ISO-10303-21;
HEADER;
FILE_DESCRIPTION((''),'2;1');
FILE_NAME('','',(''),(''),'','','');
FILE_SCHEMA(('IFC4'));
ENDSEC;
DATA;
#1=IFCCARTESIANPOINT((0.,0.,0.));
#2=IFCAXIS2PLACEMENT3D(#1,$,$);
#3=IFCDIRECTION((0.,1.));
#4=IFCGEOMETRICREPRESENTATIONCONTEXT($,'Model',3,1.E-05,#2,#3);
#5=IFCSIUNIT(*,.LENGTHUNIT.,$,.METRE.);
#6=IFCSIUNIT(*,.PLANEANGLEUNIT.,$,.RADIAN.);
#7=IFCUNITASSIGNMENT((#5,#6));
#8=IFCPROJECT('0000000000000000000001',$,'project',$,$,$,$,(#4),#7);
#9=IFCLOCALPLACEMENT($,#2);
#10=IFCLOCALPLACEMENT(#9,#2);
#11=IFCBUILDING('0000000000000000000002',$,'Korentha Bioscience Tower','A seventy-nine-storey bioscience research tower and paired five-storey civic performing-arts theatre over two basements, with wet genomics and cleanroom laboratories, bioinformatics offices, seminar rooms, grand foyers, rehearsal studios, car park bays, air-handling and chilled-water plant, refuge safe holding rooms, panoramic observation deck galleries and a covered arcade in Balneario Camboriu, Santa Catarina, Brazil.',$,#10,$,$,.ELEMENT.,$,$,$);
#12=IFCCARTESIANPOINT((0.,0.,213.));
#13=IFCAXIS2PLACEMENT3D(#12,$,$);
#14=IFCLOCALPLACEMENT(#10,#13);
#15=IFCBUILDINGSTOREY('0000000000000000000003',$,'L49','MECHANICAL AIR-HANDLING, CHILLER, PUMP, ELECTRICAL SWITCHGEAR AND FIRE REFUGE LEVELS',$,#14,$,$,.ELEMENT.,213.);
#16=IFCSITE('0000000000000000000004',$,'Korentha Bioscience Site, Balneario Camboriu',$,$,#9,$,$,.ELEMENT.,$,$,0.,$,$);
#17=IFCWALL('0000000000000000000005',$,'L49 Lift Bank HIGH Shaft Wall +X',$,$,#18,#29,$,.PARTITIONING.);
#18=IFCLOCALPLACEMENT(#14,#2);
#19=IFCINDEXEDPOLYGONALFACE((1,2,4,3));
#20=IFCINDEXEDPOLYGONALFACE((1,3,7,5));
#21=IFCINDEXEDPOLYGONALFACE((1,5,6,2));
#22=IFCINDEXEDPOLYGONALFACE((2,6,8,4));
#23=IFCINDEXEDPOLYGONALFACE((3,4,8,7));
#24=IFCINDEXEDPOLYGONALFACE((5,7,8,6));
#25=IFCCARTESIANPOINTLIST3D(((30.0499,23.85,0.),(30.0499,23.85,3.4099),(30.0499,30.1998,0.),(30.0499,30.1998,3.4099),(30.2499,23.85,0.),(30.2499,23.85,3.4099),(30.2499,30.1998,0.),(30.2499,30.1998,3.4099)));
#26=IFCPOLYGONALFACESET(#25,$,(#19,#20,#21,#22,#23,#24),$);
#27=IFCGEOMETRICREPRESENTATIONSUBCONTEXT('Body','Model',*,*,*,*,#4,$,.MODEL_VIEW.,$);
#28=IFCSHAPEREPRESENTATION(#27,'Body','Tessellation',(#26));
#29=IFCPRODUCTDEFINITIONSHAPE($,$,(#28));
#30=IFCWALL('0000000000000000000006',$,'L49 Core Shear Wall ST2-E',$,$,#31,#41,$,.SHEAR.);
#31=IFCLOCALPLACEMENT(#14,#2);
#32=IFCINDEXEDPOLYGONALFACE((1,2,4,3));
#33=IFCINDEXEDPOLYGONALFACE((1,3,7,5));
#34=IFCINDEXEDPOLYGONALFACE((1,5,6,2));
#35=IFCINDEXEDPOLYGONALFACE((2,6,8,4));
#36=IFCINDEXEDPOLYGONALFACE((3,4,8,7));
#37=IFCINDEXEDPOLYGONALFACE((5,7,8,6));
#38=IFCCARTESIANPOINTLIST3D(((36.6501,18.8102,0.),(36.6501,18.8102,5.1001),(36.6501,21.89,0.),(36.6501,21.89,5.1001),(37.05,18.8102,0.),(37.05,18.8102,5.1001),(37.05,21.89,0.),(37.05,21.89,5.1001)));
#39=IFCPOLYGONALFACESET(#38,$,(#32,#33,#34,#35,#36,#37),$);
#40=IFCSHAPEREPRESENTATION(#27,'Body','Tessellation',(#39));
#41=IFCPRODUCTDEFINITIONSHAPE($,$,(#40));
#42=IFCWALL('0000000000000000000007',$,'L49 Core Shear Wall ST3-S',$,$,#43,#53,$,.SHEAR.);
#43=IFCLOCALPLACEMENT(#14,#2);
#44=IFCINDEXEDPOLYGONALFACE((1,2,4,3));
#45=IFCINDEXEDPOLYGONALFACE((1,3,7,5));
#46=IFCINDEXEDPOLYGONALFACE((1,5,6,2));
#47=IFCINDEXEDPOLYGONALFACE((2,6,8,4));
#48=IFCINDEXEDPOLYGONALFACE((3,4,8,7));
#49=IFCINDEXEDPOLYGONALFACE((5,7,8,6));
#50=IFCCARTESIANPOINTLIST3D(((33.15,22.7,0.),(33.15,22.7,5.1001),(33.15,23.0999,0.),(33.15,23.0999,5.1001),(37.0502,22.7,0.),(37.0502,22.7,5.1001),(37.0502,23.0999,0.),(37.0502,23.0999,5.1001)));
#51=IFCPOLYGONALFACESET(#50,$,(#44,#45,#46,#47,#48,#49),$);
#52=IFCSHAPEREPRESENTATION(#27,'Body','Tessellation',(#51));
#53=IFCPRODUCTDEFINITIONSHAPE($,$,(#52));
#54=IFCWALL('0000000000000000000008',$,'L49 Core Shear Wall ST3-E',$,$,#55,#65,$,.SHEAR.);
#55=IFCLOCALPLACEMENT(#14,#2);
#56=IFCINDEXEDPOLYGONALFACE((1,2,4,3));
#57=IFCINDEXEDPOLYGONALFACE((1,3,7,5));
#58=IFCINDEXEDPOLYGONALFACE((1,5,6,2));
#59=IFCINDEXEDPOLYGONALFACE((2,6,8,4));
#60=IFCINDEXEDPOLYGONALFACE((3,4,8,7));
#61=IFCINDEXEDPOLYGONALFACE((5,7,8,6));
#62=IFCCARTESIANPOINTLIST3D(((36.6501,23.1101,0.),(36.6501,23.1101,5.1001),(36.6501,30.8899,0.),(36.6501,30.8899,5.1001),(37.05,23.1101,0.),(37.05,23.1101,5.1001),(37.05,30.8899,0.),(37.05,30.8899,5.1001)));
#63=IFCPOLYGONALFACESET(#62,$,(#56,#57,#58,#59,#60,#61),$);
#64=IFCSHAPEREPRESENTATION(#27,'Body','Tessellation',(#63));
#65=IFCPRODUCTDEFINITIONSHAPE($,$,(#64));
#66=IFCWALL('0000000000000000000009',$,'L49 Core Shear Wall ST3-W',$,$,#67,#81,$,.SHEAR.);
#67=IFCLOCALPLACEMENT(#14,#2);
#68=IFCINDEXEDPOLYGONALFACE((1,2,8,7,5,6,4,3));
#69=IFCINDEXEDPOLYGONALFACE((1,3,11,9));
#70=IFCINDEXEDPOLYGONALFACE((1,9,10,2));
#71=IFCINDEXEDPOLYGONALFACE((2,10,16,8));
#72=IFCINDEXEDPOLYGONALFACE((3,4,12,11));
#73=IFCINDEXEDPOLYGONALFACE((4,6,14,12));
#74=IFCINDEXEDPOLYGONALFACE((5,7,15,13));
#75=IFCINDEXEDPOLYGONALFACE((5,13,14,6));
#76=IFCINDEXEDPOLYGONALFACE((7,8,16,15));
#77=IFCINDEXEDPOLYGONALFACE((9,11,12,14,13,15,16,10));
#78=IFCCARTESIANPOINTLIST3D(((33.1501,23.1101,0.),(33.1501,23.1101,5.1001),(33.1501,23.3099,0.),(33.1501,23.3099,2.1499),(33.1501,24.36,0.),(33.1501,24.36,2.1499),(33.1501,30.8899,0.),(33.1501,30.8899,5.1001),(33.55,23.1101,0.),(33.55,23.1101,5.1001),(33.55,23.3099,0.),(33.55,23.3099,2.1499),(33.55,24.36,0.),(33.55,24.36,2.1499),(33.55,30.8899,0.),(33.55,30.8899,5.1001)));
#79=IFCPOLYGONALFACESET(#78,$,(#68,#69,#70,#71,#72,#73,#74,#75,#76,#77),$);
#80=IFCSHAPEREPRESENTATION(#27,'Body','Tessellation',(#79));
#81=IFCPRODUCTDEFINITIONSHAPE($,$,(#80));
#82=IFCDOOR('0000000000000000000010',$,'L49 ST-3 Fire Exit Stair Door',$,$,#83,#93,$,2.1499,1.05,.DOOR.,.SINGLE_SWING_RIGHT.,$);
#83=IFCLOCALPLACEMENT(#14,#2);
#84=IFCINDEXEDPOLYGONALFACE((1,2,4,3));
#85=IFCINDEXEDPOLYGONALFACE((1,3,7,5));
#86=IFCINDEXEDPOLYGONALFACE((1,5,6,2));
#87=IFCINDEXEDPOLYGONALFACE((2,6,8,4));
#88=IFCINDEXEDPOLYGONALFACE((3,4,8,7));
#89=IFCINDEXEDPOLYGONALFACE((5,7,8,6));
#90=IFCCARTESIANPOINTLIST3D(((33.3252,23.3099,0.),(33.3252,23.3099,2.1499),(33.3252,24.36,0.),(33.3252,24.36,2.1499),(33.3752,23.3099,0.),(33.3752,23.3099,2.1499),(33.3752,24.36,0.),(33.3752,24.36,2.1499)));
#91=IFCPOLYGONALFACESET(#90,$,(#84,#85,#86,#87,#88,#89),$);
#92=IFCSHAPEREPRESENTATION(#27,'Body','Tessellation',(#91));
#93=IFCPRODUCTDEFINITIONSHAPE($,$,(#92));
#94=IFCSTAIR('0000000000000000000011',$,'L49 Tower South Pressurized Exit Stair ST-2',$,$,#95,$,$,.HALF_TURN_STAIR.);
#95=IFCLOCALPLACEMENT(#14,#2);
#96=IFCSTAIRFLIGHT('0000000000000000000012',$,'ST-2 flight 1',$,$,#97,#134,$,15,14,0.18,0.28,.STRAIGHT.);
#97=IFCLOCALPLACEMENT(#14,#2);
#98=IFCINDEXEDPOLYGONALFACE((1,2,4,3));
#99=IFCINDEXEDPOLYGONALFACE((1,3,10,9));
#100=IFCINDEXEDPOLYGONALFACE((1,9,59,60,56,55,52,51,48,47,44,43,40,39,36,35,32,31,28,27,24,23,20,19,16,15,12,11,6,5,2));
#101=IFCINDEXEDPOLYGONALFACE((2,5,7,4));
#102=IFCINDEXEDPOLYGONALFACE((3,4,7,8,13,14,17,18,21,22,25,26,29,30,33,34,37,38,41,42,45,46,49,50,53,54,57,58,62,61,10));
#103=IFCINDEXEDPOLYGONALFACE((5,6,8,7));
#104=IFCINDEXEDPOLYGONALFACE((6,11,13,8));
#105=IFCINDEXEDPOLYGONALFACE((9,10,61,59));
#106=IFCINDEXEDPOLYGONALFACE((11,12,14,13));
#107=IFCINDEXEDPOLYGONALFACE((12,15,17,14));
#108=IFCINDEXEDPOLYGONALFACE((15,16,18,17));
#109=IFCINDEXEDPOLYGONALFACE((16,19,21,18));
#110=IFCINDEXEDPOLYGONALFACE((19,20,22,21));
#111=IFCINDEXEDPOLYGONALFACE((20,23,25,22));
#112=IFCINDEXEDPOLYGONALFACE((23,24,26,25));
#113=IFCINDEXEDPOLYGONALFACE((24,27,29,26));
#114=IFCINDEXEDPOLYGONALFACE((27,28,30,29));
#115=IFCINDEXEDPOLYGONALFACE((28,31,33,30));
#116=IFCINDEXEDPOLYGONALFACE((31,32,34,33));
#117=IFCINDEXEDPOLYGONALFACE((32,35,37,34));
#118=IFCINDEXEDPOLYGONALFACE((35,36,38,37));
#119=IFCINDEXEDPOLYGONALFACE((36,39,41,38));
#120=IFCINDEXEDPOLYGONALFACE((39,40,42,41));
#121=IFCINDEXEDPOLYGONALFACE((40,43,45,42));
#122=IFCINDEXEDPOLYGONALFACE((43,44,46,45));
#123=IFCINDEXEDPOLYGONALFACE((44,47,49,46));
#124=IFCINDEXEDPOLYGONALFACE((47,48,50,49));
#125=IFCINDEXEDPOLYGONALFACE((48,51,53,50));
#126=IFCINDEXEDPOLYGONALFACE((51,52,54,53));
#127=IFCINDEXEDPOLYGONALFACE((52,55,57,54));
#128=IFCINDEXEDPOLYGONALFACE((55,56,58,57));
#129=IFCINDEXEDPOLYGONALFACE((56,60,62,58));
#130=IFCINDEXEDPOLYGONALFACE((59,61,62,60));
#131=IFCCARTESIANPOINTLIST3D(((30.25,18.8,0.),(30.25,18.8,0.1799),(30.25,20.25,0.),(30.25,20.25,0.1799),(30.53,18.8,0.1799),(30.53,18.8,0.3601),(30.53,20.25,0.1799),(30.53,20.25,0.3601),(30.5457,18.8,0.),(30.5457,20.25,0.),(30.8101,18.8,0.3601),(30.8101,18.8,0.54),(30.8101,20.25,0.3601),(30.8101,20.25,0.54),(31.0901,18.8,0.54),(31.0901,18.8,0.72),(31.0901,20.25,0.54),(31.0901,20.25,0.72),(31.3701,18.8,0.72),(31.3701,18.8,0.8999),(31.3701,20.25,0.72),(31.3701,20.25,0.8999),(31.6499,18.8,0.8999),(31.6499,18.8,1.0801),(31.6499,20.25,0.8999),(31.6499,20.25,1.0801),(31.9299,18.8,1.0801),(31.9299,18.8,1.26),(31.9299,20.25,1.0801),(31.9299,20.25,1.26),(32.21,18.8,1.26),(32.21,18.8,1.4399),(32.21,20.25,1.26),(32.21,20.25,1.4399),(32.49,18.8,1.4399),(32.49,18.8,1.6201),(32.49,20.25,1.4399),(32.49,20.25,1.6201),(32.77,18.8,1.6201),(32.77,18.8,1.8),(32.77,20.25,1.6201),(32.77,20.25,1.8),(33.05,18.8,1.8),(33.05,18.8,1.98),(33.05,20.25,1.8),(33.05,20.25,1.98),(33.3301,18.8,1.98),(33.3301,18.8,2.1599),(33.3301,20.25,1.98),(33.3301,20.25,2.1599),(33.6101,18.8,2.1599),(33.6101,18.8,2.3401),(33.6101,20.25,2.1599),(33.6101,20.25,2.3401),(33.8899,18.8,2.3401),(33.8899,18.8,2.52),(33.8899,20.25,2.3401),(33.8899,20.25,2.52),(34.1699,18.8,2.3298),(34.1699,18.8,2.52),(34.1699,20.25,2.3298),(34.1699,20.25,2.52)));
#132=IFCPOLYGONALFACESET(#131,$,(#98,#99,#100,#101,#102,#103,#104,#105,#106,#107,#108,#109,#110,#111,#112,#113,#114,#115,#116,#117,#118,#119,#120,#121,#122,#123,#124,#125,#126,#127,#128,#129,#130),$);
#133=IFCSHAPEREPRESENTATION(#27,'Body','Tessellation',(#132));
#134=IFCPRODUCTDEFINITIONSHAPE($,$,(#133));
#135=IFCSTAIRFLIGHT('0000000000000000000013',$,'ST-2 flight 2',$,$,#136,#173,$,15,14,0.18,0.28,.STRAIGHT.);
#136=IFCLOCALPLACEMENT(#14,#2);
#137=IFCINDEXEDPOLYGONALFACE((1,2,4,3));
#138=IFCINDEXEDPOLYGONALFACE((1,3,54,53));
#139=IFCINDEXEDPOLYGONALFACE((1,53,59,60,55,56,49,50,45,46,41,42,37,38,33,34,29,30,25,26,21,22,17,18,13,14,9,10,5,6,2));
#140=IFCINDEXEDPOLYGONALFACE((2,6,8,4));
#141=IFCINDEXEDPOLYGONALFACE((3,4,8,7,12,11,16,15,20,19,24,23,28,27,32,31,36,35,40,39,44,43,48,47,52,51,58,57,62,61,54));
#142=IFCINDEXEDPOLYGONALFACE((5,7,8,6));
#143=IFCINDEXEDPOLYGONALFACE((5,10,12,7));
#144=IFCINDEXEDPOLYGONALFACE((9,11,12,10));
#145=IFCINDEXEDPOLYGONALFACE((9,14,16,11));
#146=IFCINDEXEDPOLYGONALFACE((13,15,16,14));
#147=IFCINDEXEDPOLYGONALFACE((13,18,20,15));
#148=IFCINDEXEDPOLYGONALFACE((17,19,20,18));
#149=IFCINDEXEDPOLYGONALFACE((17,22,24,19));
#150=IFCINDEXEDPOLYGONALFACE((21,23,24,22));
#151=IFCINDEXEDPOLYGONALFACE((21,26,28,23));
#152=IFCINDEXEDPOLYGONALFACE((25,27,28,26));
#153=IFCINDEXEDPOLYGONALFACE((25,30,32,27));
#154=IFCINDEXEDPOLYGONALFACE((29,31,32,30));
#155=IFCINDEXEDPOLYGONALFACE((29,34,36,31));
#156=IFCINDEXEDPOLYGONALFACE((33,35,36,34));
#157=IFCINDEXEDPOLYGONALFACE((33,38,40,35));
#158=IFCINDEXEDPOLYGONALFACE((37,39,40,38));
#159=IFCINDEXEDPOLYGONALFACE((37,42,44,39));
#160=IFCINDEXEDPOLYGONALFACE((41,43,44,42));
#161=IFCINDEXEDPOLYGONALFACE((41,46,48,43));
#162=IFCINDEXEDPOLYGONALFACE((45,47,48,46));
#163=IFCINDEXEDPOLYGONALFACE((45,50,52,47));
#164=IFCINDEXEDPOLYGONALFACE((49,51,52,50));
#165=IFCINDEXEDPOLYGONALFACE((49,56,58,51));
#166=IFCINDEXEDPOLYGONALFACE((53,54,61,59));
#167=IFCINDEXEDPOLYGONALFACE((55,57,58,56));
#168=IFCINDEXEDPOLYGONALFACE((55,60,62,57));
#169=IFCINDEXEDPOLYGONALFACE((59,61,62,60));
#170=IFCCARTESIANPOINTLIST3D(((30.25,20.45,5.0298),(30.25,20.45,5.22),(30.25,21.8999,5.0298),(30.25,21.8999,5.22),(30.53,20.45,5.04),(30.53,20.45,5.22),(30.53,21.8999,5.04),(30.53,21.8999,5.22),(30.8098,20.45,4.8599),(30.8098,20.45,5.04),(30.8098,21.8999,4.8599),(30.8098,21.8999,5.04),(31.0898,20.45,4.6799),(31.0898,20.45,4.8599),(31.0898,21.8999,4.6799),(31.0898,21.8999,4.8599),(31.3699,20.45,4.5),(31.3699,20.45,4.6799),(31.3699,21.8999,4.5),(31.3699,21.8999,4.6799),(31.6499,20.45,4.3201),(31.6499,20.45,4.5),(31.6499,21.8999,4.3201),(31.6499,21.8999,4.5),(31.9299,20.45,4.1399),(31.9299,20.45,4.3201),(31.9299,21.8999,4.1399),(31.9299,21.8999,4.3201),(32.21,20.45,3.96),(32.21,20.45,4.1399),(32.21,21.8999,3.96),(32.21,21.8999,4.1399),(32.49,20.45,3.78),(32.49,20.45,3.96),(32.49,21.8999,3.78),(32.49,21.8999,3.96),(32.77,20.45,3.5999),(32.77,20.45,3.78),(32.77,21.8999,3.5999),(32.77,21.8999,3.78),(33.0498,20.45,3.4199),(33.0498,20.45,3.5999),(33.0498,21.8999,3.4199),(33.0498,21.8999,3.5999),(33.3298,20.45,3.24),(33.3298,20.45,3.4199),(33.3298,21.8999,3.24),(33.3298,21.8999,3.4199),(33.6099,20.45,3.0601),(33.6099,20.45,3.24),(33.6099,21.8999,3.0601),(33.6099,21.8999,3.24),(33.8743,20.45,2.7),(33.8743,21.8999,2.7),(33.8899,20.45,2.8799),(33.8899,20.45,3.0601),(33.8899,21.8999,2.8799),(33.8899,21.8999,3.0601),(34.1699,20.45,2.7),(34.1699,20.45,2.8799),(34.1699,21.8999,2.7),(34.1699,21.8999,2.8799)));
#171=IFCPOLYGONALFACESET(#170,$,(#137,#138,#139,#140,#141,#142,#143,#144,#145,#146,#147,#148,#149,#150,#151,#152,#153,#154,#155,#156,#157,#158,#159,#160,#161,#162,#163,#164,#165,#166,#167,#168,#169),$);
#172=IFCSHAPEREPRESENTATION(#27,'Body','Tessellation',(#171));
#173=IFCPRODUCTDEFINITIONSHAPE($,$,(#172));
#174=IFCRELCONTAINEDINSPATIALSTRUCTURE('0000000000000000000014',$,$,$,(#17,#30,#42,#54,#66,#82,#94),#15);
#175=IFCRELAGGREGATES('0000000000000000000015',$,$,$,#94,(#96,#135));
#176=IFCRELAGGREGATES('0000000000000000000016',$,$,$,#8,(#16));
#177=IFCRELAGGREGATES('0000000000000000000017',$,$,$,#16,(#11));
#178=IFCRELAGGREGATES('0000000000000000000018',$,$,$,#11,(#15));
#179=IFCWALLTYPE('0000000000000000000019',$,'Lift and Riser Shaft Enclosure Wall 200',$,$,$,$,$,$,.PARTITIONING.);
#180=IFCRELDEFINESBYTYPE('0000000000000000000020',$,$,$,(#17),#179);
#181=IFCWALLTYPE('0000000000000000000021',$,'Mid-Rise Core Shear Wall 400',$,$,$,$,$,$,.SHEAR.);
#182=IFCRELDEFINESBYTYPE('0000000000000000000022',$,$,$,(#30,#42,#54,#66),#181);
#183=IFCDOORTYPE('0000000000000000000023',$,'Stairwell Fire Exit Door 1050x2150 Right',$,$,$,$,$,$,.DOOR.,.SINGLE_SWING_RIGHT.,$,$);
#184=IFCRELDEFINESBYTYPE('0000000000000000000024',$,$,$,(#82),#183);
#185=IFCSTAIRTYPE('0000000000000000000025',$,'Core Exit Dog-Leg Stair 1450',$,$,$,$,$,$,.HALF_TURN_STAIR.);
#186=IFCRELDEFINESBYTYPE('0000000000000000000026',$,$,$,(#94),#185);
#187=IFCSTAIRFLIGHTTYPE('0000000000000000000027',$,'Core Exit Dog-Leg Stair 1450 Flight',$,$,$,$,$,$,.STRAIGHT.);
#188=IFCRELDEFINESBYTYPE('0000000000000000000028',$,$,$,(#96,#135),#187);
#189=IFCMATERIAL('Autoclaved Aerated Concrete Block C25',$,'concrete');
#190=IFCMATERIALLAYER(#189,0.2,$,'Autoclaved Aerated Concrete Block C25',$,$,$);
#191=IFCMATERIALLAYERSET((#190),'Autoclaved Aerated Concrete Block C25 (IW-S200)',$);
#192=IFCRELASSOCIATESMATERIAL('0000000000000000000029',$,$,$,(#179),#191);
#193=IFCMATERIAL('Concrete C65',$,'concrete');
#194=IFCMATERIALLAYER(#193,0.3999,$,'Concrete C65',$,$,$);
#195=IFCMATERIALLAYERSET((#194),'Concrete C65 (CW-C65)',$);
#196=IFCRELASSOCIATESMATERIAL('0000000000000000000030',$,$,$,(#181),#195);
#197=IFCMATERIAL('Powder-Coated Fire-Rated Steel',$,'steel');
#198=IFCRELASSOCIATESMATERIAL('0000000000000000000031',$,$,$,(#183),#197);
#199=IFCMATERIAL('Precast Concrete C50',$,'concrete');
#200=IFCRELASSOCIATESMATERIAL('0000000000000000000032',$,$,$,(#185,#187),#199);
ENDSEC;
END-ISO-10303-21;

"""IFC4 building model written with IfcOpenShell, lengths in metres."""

from ifc_helpers import new_model, si_unit, direction, frame, frame_2d, origin, place, context, subcontext, project, spatial, polyline, rectangle, outline, extrude, material, layer, layer_set, type_object, element, fill, aggregate, save


model = new_model("IFC4")

# Units and contexts
model_context = context("Model", 3, precision=1e-05, world=origin(), true_north=direction((0.0, 1.0)))
body_context = subcontext(model_context, "Body", "Model", "MODEL_VIEW")
ifc_project = project(units=[si_unit("LENGTHUNIT", "METRE"), si_unit("PLANEANGLEUNIT", "RADIAN")], contexts=[model_context])

# Site, building, storey
site_placement = place(None, origin())
site = spatial("IfcSite", under=ifc_project, at=site_placement, Name="Korentha Bioscience Site, Balneario Camboriu", CompositionType="ELEMENT", RefElevation=0.0)
building_placement = place(site_placement, origin())
building = spatial("IfcBuilding", under=site, at=building_placement, Name="Korentha Bioscience Tower", Description="A seventy-nine-storey bioscience research tower and paired five-storey civic performing-arts theatre over two basements, with wet genomics and cleanroom laboratories, bioinformatics offices, seminar rooms, grand foyers, rehearsal studios, car park bays, air-handling and chilled-water plant, refuge safe holding rooms, panoramic observation deck galleries and a covered arcade in Balneario Camboriu, Santa Catarina, Brazil.", CompositionType="ELEMENT")
storey_placement = place(building_placement, frame((0.0, 0.0, 213.0)))
storey = spatial("IfcBuildingStorey", under=building, at=storey_placement, Name="L49", Description="MECHANICAL AIR-HANDLING, CHILLER, PUMP, ELECTRICAL SWITCHGEAR AND FIRE REFUGE LEVELS", CompositionType="ELEMENT", Elevation=213.0)

# Shared definitions
ifc_material_1 = material(Name="Concrete C65", Category="concrete")

# Walls
ifc_material_2 = material(Name="Autoclaved Aerated Concrete Block C25", Category="concrete")
ifc_layer_1 = layer(ifc_material_2, 0.2, Name="Autoclaved Aerated Concrete Block C25")
ifc_layer_set_1 = layer_set([ifc_layer_1], Name="Autoclaved Aerated Concrete Block C25 (IW-S200)")
wall_type_1 = type_object("IfcWallType", Name="Lift and Riser Shaft Enclosure Wall 200", PredefinedType="PARTITIONING", material=ifc_layer_set_1)
wall_1_placement = place(storey_placement, frame((30.1499, 23.8501, 0.0), z_axis=(0.0, 0.0, 1.0), x_axis=(0.0, 1.0, 0.0)))
element("IfcWall", 1, at=wall_1_placement, inside=storey, type_object=wall_type_1, Name="L49 Lift Bank HIGH Shaft Wall +X", PredefinedType="PARTITIONING", context=body_context, shape_type="SweptSolid", body=[
    extrude(rectangle(XDim=6.3499, YDim=0.2, at=frame_2d((3.1748, 0.0))), origin(), (0.0, 0.0, 1.0), 3.4099),
])
ifc_layer_2 = layer(ifc_material_1, 0.3999, Name="Concrete C65")
ifc_layer_set_2 = layer_set([ifc_layer_2], Name="Concrete C65 (CW-C65)")
wall_type_2 = type_object("IfcWallType", Name="Mid-Rise Core Shear Wall 400", PredefinedType="SHEAR", material=ifc_layer_set_2)
wall_2_placement = place(storey_placement, frame((36.8501, 18.8101, 0.0), z_axis=(0.0, 0.0, 1.0), x_axis=(0.0, 1.0, 0.0)))
element("IfcWall", 2, at=wall_2_placement, inside=storey, type_object=wall_type_2, Name="L49 Core Shear Wall ST2-E", PredefinedType="SHEAR", context=body_context, shape_type="SweptSolid", body=[
    extrude(rectangle(XDim=3.0798, YDim=0.3999, at=frame_2d((1.54, 0.0))), origin(), (0.0, 0.0, 1.0), 5.1001),
])
wall_3_placement = place(storey_placement, frame((33.1499, 22.8999, 0.0), z_axis=(0.0, 0.0, 1.0), x_axis=(1.0, 0.0, 0.0)))
element("IfcWall", 3, at=wall_3_placement, inside=storey, type_object=wall_type_2, Name="L49 Core Shear Wall ST3-S", PredefinedType="SHEAR", context=body_context, shape_type="SweptSolid", body=[
    extrude(rectangle(XDim=3.9001, YDim=0.3999, at=frame_2d((1.9502, 0.0))), origin(), (0.0, 0.0, 1.0), 5.1001),
])
wall_4_placement = place(storey_placement, frame((36.8501, 23.1101, 0.0), z_axis=(0.0, 0.0, 1.0), x_axis=(0.0, 1.0, 0.0)))
element("IfcWall", 4, at=wall_4_placement, inside=storey, type_object=wall_type_2, Name="L49 Core Shear Wall ST3-E", PredefinedType="SHEAR", context=body_context, shape_type="SweptSolid", body=[
    extrude(rectangle(XDim=7.7798, YDim=0.3999, at=frame_2d((3.8899, 0.0))), origin(), (0.0, 0.0, 1.0), 5.1001),
])

# Wall, opening, door
wall_5_placement = place(storey_placement, frame((33.3501, 23.1101, 0.0), z_axis=(0.0, 0.0, 1.0), x_axis=(0.0, 1.0, 0.0)))
wall_5 = element("IfcWall", 5, at=wall_5_placement, inside=storey, type_object=wall_type_2, Name="L49 Core Shear Wall ST3-W", PredefinedType="SHEAR", context=body_context, shape_type="SweptSolid", body=[
    extrude(rectangle(XDim=7.7798, YDim=0.3999, at=frame_2d((3.8899, 0.0))), origin(), (0.0, 0.0, 1.0), 5.1001),
])
opening_placement = place(wall_5_placement, frame((0.2, 0.0, 0.0)))
opening = element("IfcOpeningElement", 6, at=opening_placement, cuts=wall_5, PredefinedType="OPENING", context=body_context, shape_type="SweptSolid", body=[
    extrude(rectangle(XDim=1.05, YDim=2.1499, at=frame_2d((0.5249, 1.075))), frame((0.0, 0.2148, 0.0), z_axis=(0.0, -1.0, 0.0), x_axis=(1.0, 0.0, 0.0)), (0.0, 0.0, 1.0), 0.4297),
])
ifc_material_3 = material(Name="Powder-Coated Fire-Rated Steel", Category="steel")
door_type = type_object("IfcDoorType", Name="Stairwell Fire Exit Door 1050x2150 Right", OperationType="SINGLE_SWING_RIGHT", PredefinedType="DOOR", material=ifc_material_3)
door_placement = place(opening_placement, origin())
door = element("IfcDoor", 7, at=door_placement, inside=storey, type_object=door_type, Name="L49 ST-3 Fire Exit Stair Door", OperationType="SINGLE_SWING_RIGHT", OverallHeight=2.1499, OverallWidth=1.05, PredefinedType="DOOR", context=body_context, shape_type="SweptSolid", body=[
    extrude(rectangle(XDim=1.05, YDim=2.1499, at=frame_2d((0.5249, 1.075))), frame((0.0, 0.0249, 0.0), z_axis=(0.0, -1.0, 0.0), x_axis=(1.0, 0.0, 0.0)), (0.0, 0.0, 1.0), 0.05),
])
fill(opening, door)

# Stair, stair flights
ifc_material_4 = material(Name="Precast Concrete C50", Category="concrete")
stair_type = type_object("IfcStairType", Name="Core Exit Dog-Leg Stair 1450", PredefinedType="HALF_TURN_STAIR", material=ifc_material_4)
stair_1_placement = place(storey_placement, origin())
stair_1 = element("IfcStair", 8, at=stair_1_placement, inside=storey, type_object=stair_type, Name="L49 Tower South Pressurized Exit Stair ST-2", PredefinedType="HALF_TURN_STAIR")
stair_flight_type = type_object("IfcStairFlightType", Name="Core Exit Dog-Leg Stair 1450 Flight", PredefinedType="STRAIGHT", material=ifc_material_4)
stair_flight_1_placement = place(storey_placement, frame((30.25, 19.5249, 0.0), z_axis=(0.0, 0.0, 1.0), x_axis=(1.0, 0.0, 0.0)))
stair_flight_1 = element("IfcStairFlight", 9, at=stair_flight_1_placement, type_object=stair_flight_type, Name="ST-2 flight 1", NumberOfRisers=15, NumberOfTreads=14, PredefinedType="STRAIGHT", RiserHeight=0.18, TreadLength=0.28, context=body_context, shape_type="SweptSolid", body=[
    extrude(outline(polyline([(0.0, 0.0), (0.0, 0.1799), (0.28, 0.1799), (0.28, 0.3601), (0.5601, 0.3601), (0.5601, 0.54), (0.8401, 0.54), (0.8401, 0.72), (1.1201, 0.72), (1.1201, 0.8999), (1.3999, 0.8999), (1.3999, 1.0801), (1.6799, 1.0801), (1.6799, 1.26), (1.96, 1.26), (1.96, 1.4399), (2.24, 1.4399), (2.24, 1.6201), (2.52, 1.6201), (2.52, 1.8), (2.8, 1.8), (2.8, 1.98), (3.0801, 1.98), (3.0801, 2.1599), (3.3601, 2.1599), (3.3601, 2.3401), (3.6399, 2.3401), (3.6399, 2.52), (3.9199, 2.52), (3.9199, 2.7), (3.9199, 2.3298), (0.2957, 0.0), (0.0, 0.0)])), frame((0.0, 0.7251, 0.0), z_axis=(0.0, -1.0, 0.0), x_axis=(1.0, 0.0, 0.0)), (0.0, 0.0, 1.0), 1.45),
])
stair_flight_2_placement = place(storey_placement, frame((34.1699, 21.175, 2.7), z_axis=(0.0, 0.0, 1.0), x_axis=(-1.0, 0.0, 0.0)))
stair_flight_2 = element("IfcStairFlight", 10, at=stair_flight_2_placement, type_object=stair_flight_type, Name="ST-2 flight 2", NumberOfRisers=15, NumberOfTreads=14, PredefinedType="STRAIGHT", RiserHeight=0.18, TreadLength=0.28, context=body_context, shape_type="SweptSolid", body=[
    extrude(outline(polyline([(0.0, 0.0), (0.0, 0.1799), (0.28, 0.1799), (0.28, 0.3601), (0.5601, 0.3601), (0.5601, 0.54), (0.8401, 0.54), (0.8401, 0.72), (1.1201, 0.72), (1.1201, 0.8999), (1.3999, 0.8999), (1.3999, 1.0801), (1.6799, 1.0801), (1.6799, 1.26), (1.96, 1.26), (1.96, 1.4399), (2.24, 1.4399), (2.24, 1.6201), (2.52, 1.6201), (2.52, 1.8), (2.8, 1.8), (2.8, 1.98), (3.0801, 1.98), (3.0801, 2.1599), (3.3601, 2.1599), (3.3601, 2.3401), (3.6399, 2.3401), (3.6399, 2.52), (3.9199, 2.52), (3.9199, 2.7), (3.9199, 2.3298), (0.2957, 0.0), (0.0, 0.0)])), frame((0.0, 0.7251, 0.0), z_axis=(0.0, -1.0, 0.0), x_axis=(1.0, 0.0, 0.0)), (0.0, 0.0, 1.0), 1.45),
])
aggregate(stair_1, [stair_flight_1, stair_flight_2])

save(model, "model.ifc")
